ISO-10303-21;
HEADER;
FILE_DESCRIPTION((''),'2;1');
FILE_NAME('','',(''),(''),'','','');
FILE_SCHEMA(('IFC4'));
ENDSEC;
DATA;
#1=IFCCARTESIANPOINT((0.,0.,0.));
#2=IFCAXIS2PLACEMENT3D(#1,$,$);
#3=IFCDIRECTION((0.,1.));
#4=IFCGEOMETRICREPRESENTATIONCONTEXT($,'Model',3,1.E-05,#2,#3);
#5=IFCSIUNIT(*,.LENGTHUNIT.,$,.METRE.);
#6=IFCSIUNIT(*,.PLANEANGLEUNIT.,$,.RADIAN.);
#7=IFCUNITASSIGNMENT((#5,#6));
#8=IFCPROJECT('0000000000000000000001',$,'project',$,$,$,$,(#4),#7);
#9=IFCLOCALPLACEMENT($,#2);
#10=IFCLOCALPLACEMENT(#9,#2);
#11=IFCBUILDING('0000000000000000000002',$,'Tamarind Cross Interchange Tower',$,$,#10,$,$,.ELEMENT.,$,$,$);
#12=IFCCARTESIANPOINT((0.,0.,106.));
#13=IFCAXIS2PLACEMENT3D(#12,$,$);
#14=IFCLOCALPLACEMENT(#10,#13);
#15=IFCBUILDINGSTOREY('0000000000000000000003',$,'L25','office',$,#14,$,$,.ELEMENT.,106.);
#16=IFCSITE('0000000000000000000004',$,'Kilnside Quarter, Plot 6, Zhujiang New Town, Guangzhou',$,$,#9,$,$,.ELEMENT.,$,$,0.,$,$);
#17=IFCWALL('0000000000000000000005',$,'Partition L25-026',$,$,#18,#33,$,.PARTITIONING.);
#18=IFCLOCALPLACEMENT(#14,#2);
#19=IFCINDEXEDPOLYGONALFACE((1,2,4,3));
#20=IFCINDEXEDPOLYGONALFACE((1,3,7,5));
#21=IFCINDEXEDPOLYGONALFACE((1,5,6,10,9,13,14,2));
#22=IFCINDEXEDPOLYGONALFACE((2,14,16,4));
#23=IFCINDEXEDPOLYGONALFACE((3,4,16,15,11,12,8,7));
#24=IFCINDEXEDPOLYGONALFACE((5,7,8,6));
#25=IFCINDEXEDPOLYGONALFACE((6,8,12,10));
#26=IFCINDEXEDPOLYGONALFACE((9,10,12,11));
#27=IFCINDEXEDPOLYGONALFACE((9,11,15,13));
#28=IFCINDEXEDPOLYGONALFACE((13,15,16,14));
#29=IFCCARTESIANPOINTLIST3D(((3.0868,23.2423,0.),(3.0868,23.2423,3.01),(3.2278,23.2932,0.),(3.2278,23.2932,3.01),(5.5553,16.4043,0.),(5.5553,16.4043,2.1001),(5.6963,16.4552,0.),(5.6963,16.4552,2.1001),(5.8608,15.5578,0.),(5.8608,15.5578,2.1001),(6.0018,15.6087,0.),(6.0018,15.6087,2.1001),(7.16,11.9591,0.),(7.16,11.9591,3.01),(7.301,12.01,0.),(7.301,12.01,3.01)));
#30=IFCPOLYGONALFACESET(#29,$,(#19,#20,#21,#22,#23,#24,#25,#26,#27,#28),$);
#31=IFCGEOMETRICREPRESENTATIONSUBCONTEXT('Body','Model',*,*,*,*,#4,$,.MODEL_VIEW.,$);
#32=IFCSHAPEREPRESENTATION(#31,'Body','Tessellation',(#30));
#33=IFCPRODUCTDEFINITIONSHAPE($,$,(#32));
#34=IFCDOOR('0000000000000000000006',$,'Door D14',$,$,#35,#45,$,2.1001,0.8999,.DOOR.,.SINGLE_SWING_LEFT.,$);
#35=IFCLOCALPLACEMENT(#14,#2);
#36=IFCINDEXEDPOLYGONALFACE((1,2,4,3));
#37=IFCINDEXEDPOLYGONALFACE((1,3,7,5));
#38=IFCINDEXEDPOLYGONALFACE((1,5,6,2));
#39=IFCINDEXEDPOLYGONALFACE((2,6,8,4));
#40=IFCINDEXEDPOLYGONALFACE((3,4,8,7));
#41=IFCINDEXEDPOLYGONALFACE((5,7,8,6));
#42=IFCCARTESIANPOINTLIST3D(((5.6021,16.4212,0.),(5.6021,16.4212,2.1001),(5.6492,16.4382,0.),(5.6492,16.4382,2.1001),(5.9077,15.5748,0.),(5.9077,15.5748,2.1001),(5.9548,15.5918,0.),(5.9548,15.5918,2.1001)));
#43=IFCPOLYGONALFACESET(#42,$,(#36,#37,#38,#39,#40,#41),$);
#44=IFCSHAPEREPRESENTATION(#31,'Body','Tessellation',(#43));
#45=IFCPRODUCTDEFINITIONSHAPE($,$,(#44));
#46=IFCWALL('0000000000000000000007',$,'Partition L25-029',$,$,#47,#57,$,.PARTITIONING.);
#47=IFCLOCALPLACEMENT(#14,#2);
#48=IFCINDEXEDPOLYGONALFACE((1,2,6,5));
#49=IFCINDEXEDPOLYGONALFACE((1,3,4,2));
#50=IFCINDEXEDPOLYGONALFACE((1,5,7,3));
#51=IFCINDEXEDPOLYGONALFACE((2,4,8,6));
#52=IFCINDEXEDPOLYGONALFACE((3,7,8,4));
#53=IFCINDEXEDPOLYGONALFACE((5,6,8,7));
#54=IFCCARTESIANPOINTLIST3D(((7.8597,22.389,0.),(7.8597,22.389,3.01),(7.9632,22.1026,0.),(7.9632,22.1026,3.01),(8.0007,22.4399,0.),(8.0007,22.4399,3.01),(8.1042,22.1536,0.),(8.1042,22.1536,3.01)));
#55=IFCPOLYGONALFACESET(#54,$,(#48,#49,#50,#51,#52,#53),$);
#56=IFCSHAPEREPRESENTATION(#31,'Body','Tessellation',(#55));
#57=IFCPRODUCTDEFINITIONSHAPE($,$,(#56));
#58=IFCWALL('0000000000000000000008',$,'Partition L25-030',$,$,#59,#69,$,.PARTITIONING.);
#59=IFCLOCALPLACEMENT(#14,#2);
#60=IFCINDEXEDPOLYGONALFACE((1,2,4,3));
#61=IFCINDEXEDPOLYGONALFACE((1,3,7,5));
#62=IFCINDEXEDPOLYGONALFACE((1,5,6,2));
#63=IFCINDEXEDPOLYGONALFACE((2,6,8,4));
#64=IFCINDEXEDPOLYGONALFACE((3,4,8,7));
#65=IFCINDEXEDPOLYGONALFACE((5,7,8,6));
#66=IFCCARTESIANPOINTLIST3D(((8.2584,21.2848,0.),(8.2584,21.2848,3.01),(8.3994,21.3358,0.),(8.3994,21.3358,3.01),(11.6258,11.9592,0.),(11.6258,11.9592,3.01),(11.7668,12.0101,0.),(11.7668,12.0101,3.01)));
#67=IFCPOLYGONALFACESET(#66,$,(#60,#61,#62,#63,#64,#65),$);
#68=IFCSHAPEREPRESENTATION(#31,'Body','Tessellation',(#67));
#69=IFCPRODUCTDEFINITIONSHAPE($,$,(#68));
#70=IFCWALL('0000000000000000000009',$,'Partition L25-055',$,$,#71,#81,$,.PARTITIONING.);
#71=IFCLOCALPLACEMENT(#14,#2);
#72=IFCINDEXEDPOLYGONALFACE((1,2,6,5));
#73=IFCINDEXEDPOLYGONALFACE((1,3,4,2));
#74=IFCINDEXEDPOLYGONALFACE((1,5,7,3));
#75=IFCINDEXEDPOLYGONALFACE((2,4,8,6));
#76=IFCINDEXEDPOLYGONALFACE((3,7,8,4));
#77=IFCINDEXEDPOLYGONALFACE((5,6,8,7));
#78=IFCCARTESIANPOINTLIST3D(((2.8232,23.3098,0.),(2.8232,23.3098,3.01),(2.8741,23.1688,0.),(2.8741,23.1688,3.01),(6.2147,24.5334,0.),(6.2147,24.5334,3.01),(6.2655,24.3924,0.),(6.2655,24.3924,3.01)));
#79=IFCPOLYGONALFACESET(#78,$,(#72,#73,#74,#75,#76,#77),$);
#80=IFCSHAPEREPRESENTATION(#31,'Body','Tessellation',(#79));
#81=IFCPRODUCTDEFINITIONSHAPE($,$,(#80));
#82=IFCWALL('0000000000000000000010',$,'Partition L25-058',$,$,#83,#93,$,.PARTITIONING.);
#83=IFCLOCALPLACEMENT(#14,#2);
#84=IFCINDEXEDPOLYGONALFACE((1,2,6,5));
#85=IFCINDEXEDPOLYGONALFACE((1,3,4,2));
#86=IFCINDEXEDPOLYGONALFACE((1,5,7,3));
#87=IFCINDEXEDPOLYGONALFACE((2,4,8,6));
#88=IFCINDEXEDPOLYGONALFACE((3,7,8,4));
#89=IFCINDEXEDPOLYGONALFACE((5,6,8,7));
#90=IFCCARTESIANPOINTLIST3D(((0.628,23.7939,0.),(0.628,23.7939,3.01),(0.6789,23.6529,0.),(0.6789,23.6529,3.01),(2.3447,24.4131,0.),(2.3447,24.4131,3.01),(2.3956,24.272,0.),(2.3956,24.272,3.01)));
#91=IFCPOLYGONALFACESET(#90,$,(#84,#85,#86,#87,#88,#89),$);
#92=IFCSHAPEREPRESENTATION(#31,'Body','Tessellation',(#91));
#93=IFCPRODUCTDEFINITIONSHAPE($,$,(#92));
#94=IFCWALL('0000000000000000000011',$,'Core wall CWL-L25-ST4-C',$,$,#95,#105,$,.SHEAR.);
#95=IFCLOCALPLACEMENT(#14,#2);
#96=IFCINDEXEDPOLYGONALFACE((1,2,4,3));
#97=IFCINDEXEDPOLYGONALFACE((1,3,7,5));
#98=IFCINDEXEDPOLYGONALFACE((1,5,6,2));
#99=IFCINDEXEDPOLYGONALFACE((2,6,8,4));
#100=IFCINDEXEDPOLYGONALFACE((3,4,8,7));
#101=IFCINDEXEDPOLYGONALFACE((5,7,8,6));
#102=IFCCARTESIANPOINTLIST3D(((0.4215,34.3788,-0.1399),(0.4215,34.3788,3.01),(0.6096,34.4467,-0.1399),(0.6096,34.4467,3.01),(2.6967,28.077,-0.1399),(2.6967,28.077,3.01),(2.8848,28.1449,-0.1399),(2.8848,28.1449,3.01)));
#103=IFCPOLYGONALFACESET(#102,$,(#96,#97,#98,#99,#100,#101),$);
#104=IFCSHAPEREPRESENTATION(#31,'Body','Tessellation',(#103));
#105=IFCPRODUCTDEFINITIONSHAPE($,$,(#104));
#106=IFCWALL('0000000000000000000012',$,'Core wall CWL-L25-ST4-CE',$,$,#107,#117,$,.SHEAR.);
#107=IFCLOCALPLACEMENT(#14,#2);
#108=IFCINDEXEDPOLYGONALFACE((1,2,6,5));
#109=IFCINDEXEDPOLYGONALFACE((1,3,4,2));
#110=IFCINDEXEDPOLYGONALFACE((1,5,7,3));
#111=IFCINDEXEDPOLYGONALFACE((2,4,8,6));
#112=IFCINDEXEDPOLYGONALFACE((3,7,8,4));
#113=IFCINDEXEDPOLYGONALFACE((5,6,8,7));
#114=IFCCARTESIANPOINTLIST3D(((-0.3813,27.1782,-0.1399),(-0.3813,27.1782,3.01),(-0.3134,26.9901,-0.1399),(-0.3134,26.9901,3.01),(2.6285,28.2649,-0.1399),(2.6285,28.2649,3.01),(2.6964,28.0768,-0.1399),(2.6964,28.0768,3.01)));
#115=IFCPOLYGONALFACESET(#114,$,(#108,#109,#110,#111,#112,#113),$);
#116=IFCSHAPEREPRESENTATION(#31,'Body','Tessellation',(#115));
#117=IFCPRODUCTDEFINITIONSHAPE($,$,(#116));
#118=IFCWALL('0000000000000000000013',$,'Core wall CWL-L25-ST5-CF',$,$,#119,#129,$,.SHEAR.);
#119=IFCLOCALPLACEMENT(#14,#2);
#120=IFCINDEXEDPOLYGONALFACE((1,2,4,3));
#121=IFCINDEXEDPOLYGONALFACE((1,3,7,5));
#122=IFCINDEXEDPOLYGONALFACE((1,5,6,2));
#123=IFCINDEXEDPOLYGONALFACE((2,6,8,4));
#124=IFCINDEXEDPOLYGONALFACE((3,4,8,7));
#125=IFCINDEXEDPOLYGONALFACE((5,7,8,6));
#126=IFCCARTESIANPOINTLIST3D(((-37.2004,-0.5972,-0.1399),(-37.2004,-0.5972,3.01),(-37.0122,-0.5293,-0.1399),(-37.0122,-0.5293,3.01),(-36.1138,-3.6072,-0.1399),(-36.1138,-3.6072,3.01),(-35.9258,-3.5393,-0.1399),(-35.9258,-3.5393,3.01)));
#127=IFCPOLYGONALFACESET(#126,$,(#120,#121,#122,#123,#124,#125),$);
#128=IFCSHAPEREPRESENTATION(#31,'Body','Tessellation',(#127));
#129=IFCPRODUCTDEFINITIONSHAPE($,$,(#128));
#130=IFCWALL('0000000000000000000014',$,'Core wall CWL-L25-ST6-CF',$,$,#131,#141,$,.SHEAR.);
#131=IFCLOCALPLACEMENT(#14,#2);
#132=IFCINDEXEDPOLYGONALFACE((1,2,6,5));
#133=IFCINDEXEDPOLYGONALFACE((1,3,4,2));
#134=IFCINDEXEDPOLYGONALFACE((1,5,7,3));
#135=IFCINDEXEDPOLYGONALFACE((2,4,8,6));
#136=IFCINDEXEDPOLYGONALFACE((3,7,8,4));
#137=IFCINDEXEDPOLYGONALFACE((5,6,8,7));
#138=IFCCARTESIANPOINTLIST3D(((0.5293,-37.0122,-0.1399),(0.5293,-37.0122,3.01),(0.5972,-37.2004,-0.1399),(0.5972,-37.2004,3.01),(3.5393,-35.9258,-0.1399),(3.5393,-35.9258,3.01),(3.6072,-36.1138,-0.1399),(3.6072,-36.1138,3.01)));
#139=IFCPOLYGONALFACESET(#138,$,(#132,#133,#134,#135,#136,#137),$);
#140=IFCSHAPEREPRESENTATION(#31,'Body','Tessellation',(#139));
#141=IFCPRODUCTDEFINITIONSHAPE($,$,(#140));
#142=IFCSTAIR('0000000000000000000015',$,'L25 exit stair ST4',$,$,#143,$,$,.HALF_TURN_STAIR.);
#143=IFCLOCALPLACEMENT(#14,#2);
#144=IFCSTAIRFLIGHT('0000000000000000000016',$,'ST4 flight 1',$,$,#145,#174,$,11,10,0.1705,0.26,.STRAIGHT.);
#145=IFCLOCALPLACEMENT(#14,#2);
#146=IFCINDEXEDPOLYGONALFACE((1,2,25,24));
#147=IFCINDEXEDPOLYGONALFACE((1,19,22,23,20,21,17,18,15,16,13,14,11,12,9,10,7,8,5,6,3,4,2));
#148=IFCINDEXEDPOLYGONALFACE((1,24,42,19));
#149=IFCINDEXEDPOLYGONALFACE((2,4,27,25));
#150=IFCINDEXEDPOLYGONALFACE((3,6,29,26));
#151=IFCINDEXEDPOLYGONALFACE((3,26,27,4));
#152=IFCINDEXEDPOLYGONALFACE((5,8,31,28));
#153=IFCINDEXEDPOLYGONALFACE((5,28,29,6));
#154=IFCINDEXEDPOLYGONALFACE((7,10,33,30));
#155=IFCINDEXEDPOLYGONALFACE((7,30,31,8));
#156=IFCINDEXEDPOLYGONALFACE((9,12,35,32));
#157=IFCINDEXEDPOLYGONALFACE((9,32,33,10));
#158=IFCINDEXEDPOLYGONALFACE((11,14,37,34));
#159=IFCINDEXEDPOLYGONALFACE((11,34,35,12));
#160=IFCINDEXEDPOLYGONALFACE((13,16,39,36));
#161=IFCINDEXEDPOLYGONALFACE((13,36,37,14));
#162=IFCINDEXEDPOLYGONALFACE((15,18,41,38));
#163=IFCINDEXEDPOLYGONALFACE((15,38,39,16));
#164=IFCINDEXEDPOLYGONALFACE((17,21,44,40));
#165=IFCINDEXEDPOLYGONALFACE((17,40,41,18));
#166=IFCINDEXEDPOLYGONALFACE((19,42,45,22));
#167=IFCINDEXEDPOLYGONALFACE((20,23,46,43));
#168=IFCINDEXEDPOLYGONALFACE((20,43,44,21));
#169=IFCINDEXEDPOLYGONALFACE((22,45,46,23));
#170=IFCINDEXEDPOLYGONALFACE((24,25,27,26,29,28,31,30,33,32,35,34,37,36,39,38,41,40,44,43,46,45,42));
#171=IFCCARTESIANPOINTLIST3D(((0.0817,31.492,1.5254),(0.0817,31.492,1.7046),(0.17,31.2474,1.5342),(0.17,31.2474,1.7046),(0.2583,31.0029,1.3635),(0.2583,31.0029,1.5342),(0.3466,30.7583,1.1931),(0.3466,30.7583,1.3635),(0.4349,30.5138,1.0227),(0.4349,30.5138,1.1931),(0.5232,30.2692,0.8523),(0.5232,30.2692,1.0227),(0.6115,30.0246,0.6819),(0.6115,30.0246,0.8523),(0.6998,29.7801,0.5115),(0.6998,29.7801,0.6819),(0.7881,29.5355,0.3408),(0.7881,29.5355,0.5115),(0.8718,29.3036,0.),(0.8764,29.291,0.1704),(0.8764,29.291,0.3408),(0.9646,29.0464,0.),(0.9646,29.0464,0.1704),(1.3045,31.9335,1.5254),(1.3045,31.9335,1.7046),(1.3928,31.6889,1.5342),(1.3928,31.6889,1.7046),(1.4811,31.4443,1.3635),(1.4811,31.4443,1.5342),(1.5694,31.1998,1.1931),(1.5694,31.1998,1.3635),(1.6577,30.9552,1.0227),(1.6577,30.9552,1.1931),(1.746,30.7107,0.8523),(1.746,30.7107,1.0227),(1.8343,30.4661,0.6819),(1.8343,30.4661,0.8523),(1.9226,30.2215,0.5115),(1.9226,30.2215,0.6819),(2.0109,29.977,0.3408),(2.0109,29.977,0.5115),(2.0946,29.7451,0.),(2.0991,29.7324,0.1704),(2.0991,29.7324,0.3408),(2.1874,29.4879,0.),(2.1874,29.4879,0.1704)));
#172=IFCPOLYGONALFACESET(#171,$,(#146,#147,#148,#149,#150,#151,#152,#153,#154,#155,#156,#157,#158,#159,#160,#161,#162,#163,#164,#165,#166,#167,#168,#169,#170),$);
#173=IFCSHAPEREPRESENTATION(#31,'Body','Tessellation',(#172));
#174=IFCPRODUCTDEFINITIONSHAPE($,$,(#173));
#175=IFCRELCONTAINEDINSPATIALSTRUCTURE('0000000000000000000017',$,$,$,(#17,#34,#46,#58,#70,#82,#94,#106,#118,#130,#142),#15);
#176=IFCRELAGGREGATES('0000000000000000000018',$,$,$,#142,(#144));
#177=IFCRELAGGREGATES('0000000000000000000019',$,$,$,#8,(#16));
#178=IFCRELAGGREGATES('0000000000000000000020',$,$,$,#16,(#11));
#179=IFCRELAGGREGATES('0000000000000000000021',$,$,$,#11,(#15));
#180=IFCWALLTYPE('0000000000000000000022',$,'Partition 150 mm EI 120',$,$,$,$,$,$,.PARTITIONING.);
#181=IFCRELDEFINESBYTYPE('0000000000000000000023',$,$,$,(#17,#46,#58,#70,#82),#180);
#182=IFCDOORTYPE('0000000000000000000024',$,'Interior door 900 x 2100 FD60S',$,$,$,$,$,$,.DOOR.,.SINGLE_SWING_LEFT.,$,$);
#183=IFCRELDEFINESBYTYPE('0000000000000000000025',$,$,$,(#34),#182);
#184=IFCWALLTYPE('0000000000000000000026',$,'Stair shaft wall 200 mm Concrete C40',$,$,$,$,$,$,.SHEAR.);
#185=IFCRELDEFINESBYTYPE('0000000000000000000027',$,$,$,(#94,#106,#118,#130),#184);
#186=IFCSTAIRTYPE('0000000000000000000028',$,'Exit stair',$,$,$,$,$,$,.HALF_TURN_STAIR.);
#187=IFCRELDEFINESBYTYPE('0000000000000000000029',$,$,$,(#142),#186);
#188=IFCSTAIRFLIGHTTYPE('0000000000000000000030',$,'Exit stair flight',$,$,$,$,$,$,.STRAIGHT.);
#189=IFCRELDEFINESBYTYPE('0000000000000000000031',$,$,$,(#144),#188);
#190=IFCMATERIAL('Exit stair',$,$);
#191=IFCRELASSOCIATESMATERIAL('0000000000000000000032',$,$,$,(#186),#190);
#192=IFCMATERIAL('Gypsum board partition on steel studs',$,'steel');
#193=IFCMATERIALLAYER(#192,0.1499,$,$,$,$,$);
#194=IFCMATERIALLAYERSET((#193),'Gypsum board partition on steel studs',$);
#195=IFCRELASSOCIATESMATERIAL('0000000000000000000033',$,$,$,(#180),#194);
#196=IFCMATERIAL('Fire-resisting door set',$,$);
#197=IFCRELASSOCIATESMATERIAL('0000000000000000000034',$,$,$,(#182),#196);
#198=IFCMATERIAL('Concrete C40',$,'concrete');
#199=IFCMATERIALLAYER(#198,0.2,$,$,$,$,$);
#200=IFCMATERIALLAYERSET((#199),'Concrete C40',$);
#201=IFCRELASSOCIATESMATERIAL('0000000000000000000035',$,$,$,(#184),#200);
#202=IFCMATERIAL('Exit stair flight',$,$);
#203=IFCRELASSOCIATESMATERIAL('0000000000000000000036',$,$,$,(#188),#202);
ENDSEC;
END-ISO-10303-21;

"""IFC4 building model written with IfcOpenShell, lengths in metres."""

from ifc_helpers import new_model, si_unit, direction, frame, frame_2d, origin, place, context, subcontext, project, spatial, polyline, rectangle, outline, extrude, material, layer, layer_set, type_object, element, fill, aggregate, save


model = new_model("IFC4")

# Units and contexts
model_context = context("Model", 3, precision=1e-05, world=origin(), true_north=direction((0.0, 1.0)))
body_context = subcontext(model_context, "Body", "Model", "MODEL_VIEW")
ifc_project = project(units=[si_unit("LENGTHUNIT", "METRE"), si_unit("PLANEANGLEUNIT", "RADIAN")], contexts=[model_context])

# Site, building, storey
site_placement = place(None, origin())
site = spatial("IfcSite", under=ifc_project, at=site_placement, Name="Kilnside Quarter, Plot 6, Zhujiang New Town, Guangzhou", CompositionType="ELEMENT", RefElevation=0.0)
building_placement = place(site_placement, origin())
building = spatial("IfcBuilding", under=site, at=building_placement, Name="Tamarind Cross Interchange Tower", CompositionType="ELEMENT")
storey_placement = place(building_placement, frame((0.0, 0.0, 106.0)))
storey = spatial("IfcBuildingStorey", under=building, at=storey_placement, Name="L25", Description="office", CompositionType="ELEMENT", Elevation=106.0)

# Shared definitions
ifc_material_1 = material(Name="Exit stair")
stair_type = type_object("IfcStairType", Name="Exit stair", PredefinedType="HALF_TURN_STAIR", material=ifc_material_1)
ifc_material_2 = material(Name="Concrete C40", Category="concrete")

# Shared definitions
ifc_material_3 = material(Name="Gypsum board partition on steel studs", Category="steel")

# Wall, opening, door
ifc_layer_1 = layer(ifc_material_3, 0.1499)
ifc_layer_set_1 = layer_set([ifc_layer_1], Name="Gypsum board partition on steel studs")
wall_type_1 = type_object("IfcWallType", Name="Partition 150 mm EI 120", PredefinedType="PARTITIONING", material=ifc_layer_set_1)
ifc_material_4 = material(Name="Fire-resisting door set")
door_type = type_object("IfcDoorType", Name="Interior door 900 x 2100 FD60S", OperationType="SINGLE_SWING_LEFT", PredefinedType="DOOR", material=ifc_material_4)
wall_1_placement = place(storey_placement, frame((3.1572, 23.2678, 0.0), z_axis=(0.0, 0.0, 1.0), x_axis=(0.339552, -0.940587, 0.0)))
wall_1 = element("IfcWall", 1, at=wall_1_placement, inside=storey, type_object=wall_type_1, Name="Partition L25-026", PredefinedType="PARTITIONING", context=body_context, shape_type="SweptSolid", body=[
    extrude(rectangle(XDim=11.9958, YDim=0.1499, at=frame_2d((5.998, 0.0))), origin(), (0.0, 0.0, 1.0), 3.01),
])
opening_1_placement = place(wall_1_placement, frame((7.27, 0.0, 0.0)))
opening_1 = element("IfcOpeningElement", 2, at=opening_1_placement, cuts=wall_1, PredefinedType="OPENING", context=body_context, shape_type="SweptSolid", body=[
    extrude(rectangle(XDim=0.8999, YDim=2.1001, at=frame_2d((0.45, 1.05))), frame((0.0, 0.085, 0.0), z_axis=(0.0, -1.0, 0.0), x_axis=(1.0, 0.0, 0.0)), (0.0, 0.0, 1.0), 0.1699),
])
door_1_placement = place(opening_1_placement, origin())
door_1 = element("IfcDoor", 3, at=door_1_placement, inside=storey, type_object=door_type, Name="Door D14", OperationType="SINGLE_SWING_LEFT", OverallHeight=2.1001, OverallWidth=0.8999, PredefinedType="DOOR", context=body_context, shape_type="SweptSolid", body=[
    extrude(rectangle(XDim=0.8999, YDim=2.1001, at=frame_2d((0.45, 1.05))), frame((0.0, 0.0249, 0.0), z_axis=(0.0, -1.0, 0.0), x_axis=(1.0, 0.0, 0.0)), (0.0, 0.0, 1.0), 0.05),
])
fill(opening_1, door_1)

# Walls
wall_2_placement = place(storey_placement, frame((7.9302, 22.4146, 0.0), z_axis=(0.0, 0.0, 1.0), x_axis=(0.33994, -0.940447, 0.0)))
element("IfcWall", 4, at=wall_2_placement, inside=storey, type_object=wall_type_1, Name="Partition L25-029", PredefinedType="PARTITIONING", context=body_context, shape_type="SweptSolid", body=[
    extrude(rectangle(XDim=0.3044, YDim=0.1499, at=frame_2d((0.1523, 0.0))), origin(), (0.0, 0.0, 1.0), 3.01),
])
wall_3_placement = place(storey_placement, frame((8.3289, 21.3103, 0.0), z_axis=(0.0, 0.0, 1.0), x_axis=(0.339629, -0.94056, 0.0)))
element("IfcWall", 5, at=wall_3_placement, inside=storey, type_object=wall_type_1, Name="Partition L25-030", PredefinedType="PARTITIONING", context=body_context, shape_type="SweptSolid", body=[
    extrude(rectangle(XDim=9.915, YDim=0.1499, at=frame_2d((4.9575, 0.0))), origin(), (0.0, 0.0, 1.0), 3.01),
])
wall_4_placement = place(storey_placement, frame((2.8486, 23.2393, 0.0), z_axis=(0.0, 0.0, 1.0), x_axis=(0.940645, 0.339393, 0.0)))
element("IfcWall", 6, at=wall_4_placement, inside=storey, type_object=wall_type_1, Name="Partition L25-055", PredefinedType="PARTITIONING", context=body_context, shape_type="SweptSolid", body=[
    extrude(rectangle(XDim=3.6055, YDim=0.1499, at=frame_2d((1.8027, 0.0))), origin(), (0.0, 0.0, 1.0), 3.01),
])
wall_5_placement = place(storey_placement, frame((0.6533, 23.7234, 0.0), z_axis=(0.0, 0.0, 1.0), x_axis=(0.940696, 0.33925, 0.0)))
element("IfcWall", 7, at=wall_5_placement, inside=storey, type_object=wall_type_1, Name="Partition L25-058", PredefinedType="PARTITIONING", context=body_context, shape_type="SweptSolid", body=[
    extrude(rectangle(XDim=1.825, YDim=0.1499, at=frame_2d((0.9126, 0.0))), origin(), (0.0, 0.0, 1.0), 3.01),
])
ifc_layer_2 = layer(ifc_material_2, 0.2)
ifc_layer_set_2 = layer_set([ifc_layer_2], Name="Concrete C40")
wall_type_2 = type_object("IfcWallType", Name="Stair shaft wall 200 mm Concrete C40", PredefinedType="SHEAR", material=ifc_layer_set_2)
wall_6_placement = place(storey_placement, frame((2.7908, 28.1108, -0.1399), z_axis=(0.0, 0.0, 1.0), x_axis=(-0.33958, 0.940577, 0.0)))
element("IfcWall", 8, at=wall_6_placement, inside=storey, type_object=wall_type_2, Name="Core wall CWL-L25-ST4-C", PredefinedType="SHEAR", context=body_context, shape_type="SweptSolid", body=[
    extrude(rectangle(XDim=6.7, YDim=0.2, at=frame_2d((3.3501, 0.0))), origin(), (0.0, 0.0, 1.0), 3.1499),
])
wall_7_placement = place(storey_placement, frame((2.6626, 28.1709, -0.1399), z_axis=(0.0, 0.0, 1.0), x_axis=(-0.940573, -0.339592, 0.0)))
element("IfcWall", 9, at=wall_7_placement, inside=storey, type_object=wall_type_2, Name="Core wall CWL-L25-ST4-CE", PredefinedType="SHEAR", context=body_context, shape_type="SweptSolid", body=[
    extrude(rectangle(XDim=3.2, YDim=0.2, at=frame_2d((1.6001, 0.0))), origin(), (0.0, 0.0, 1.0), 3.1499),
])
wall_8_placement = place(storey_placement, frame((0.0, 0.0, -0.1399)))
element("IfcWall", 10, at=wall_8_placement, inside=storey, type_object=wall_type_2, Name="Core wall CWL-L25-ST5-CF", PredefinedType="SHEAR", context=body_context, shape_type="SweptSolid", body=[
    extrude(outline(polyline([(-37.0122, -0.5293), (-37.2004, -0.5972), (-36.1138, -3.6072), (-35.9258, -3.5393), (-37.0122, -0.5293)])), origin(), (0.0, 0.0, 1.0), 3.1499),
])
wall_9_placement = place(storey_placement, frame((0.0, 0.0, -0.1399)))
element("IfcWall", 11, at=wall_9_placement, inside=storey, type_object=wall_type_2, Name="Core wall CWL-L25-ST6-CF", PredefinedType="SHEAR", context=body_context, shape_type="SweptSolid", body=[
    extrude(outline(polyline([(0.5293, -37.0122), (0.5972, -37.2004), (3.6072, -36.1138), (3.5393, -35.9258), (0.5293, -37.0122)])), origin(), (0.0, 0.0, 1.0), 3.1499),
])

# Stair, stair flight
stair_1_placement = place(storey_placement, origin())
stair_1 = element("IfcStair", 12, at=stair_1_placement, inside=storey, type_object=stair_type, Name="L25 exit stair ST4", PredefinedType="HALF_TURN_STAIR")
ifc_material_5 = material(Name="Exit stair flight")
stair_flight_type = type_object("IfcStairFlightType", Name="Exit stair flight", PredefinedType="STRAIGHT", material=ifc_material_5)
stair_flight_placement = place(storey_placement, frame((1.5759, 29.2671, 0.0), z_axis=(0.0, 0.0, 1.0), x_axis=(-0.339579, 0.940578, 0.0)))
stair_flight = element("IfcStairFlight", 13, at=stair_flight_placement, type_object=stair_flight_type, Name="ST4 flight 1", NumberOfRisers=11, NumberOfTreads=10, PredefinedType="STRAIGHT", RiserHeight=0.1705, TreadLength=0.26, context=body_context, shape_type="SweptSolid", body=[
    extrude(outline(polyline([(0.0, 0.0), (0.0, 0.1704), (0.26, 0.1704), (0.26, 0.3408), (0.52, 0.3408), (0.52, 0.5115), (0.78, 0.5115), (0.78, 0.6819), (1.04, 0.6819), (1.04, 0.8523), (1.3, 0.8523), (1.3, 1.0227), (1.5601, 1.0227), (1.5601, 1.1931), (1.8201, 1.1931), (1.8201, 1.3635), (2.0801, 1.3635), (2.0801, 1.5342), (2.3401, 1.5342), (2.3401, 1.7046), (2.6001, 1.7046), (2.6001, 1.875), (2.6001, 1.5254), (0.2734, 0.0), (0.0, 0.0)])), frame((0.0, 0.6499, 0.0), z_axis=(0.0, -1.0, 0.0), x_axis=(1.0, 0.0, 0.0)), (0.0, 0.0, 1.0), 1.3),
])
aggregate(stair_1, [stair_flight])

save(model, "model.ifc")
